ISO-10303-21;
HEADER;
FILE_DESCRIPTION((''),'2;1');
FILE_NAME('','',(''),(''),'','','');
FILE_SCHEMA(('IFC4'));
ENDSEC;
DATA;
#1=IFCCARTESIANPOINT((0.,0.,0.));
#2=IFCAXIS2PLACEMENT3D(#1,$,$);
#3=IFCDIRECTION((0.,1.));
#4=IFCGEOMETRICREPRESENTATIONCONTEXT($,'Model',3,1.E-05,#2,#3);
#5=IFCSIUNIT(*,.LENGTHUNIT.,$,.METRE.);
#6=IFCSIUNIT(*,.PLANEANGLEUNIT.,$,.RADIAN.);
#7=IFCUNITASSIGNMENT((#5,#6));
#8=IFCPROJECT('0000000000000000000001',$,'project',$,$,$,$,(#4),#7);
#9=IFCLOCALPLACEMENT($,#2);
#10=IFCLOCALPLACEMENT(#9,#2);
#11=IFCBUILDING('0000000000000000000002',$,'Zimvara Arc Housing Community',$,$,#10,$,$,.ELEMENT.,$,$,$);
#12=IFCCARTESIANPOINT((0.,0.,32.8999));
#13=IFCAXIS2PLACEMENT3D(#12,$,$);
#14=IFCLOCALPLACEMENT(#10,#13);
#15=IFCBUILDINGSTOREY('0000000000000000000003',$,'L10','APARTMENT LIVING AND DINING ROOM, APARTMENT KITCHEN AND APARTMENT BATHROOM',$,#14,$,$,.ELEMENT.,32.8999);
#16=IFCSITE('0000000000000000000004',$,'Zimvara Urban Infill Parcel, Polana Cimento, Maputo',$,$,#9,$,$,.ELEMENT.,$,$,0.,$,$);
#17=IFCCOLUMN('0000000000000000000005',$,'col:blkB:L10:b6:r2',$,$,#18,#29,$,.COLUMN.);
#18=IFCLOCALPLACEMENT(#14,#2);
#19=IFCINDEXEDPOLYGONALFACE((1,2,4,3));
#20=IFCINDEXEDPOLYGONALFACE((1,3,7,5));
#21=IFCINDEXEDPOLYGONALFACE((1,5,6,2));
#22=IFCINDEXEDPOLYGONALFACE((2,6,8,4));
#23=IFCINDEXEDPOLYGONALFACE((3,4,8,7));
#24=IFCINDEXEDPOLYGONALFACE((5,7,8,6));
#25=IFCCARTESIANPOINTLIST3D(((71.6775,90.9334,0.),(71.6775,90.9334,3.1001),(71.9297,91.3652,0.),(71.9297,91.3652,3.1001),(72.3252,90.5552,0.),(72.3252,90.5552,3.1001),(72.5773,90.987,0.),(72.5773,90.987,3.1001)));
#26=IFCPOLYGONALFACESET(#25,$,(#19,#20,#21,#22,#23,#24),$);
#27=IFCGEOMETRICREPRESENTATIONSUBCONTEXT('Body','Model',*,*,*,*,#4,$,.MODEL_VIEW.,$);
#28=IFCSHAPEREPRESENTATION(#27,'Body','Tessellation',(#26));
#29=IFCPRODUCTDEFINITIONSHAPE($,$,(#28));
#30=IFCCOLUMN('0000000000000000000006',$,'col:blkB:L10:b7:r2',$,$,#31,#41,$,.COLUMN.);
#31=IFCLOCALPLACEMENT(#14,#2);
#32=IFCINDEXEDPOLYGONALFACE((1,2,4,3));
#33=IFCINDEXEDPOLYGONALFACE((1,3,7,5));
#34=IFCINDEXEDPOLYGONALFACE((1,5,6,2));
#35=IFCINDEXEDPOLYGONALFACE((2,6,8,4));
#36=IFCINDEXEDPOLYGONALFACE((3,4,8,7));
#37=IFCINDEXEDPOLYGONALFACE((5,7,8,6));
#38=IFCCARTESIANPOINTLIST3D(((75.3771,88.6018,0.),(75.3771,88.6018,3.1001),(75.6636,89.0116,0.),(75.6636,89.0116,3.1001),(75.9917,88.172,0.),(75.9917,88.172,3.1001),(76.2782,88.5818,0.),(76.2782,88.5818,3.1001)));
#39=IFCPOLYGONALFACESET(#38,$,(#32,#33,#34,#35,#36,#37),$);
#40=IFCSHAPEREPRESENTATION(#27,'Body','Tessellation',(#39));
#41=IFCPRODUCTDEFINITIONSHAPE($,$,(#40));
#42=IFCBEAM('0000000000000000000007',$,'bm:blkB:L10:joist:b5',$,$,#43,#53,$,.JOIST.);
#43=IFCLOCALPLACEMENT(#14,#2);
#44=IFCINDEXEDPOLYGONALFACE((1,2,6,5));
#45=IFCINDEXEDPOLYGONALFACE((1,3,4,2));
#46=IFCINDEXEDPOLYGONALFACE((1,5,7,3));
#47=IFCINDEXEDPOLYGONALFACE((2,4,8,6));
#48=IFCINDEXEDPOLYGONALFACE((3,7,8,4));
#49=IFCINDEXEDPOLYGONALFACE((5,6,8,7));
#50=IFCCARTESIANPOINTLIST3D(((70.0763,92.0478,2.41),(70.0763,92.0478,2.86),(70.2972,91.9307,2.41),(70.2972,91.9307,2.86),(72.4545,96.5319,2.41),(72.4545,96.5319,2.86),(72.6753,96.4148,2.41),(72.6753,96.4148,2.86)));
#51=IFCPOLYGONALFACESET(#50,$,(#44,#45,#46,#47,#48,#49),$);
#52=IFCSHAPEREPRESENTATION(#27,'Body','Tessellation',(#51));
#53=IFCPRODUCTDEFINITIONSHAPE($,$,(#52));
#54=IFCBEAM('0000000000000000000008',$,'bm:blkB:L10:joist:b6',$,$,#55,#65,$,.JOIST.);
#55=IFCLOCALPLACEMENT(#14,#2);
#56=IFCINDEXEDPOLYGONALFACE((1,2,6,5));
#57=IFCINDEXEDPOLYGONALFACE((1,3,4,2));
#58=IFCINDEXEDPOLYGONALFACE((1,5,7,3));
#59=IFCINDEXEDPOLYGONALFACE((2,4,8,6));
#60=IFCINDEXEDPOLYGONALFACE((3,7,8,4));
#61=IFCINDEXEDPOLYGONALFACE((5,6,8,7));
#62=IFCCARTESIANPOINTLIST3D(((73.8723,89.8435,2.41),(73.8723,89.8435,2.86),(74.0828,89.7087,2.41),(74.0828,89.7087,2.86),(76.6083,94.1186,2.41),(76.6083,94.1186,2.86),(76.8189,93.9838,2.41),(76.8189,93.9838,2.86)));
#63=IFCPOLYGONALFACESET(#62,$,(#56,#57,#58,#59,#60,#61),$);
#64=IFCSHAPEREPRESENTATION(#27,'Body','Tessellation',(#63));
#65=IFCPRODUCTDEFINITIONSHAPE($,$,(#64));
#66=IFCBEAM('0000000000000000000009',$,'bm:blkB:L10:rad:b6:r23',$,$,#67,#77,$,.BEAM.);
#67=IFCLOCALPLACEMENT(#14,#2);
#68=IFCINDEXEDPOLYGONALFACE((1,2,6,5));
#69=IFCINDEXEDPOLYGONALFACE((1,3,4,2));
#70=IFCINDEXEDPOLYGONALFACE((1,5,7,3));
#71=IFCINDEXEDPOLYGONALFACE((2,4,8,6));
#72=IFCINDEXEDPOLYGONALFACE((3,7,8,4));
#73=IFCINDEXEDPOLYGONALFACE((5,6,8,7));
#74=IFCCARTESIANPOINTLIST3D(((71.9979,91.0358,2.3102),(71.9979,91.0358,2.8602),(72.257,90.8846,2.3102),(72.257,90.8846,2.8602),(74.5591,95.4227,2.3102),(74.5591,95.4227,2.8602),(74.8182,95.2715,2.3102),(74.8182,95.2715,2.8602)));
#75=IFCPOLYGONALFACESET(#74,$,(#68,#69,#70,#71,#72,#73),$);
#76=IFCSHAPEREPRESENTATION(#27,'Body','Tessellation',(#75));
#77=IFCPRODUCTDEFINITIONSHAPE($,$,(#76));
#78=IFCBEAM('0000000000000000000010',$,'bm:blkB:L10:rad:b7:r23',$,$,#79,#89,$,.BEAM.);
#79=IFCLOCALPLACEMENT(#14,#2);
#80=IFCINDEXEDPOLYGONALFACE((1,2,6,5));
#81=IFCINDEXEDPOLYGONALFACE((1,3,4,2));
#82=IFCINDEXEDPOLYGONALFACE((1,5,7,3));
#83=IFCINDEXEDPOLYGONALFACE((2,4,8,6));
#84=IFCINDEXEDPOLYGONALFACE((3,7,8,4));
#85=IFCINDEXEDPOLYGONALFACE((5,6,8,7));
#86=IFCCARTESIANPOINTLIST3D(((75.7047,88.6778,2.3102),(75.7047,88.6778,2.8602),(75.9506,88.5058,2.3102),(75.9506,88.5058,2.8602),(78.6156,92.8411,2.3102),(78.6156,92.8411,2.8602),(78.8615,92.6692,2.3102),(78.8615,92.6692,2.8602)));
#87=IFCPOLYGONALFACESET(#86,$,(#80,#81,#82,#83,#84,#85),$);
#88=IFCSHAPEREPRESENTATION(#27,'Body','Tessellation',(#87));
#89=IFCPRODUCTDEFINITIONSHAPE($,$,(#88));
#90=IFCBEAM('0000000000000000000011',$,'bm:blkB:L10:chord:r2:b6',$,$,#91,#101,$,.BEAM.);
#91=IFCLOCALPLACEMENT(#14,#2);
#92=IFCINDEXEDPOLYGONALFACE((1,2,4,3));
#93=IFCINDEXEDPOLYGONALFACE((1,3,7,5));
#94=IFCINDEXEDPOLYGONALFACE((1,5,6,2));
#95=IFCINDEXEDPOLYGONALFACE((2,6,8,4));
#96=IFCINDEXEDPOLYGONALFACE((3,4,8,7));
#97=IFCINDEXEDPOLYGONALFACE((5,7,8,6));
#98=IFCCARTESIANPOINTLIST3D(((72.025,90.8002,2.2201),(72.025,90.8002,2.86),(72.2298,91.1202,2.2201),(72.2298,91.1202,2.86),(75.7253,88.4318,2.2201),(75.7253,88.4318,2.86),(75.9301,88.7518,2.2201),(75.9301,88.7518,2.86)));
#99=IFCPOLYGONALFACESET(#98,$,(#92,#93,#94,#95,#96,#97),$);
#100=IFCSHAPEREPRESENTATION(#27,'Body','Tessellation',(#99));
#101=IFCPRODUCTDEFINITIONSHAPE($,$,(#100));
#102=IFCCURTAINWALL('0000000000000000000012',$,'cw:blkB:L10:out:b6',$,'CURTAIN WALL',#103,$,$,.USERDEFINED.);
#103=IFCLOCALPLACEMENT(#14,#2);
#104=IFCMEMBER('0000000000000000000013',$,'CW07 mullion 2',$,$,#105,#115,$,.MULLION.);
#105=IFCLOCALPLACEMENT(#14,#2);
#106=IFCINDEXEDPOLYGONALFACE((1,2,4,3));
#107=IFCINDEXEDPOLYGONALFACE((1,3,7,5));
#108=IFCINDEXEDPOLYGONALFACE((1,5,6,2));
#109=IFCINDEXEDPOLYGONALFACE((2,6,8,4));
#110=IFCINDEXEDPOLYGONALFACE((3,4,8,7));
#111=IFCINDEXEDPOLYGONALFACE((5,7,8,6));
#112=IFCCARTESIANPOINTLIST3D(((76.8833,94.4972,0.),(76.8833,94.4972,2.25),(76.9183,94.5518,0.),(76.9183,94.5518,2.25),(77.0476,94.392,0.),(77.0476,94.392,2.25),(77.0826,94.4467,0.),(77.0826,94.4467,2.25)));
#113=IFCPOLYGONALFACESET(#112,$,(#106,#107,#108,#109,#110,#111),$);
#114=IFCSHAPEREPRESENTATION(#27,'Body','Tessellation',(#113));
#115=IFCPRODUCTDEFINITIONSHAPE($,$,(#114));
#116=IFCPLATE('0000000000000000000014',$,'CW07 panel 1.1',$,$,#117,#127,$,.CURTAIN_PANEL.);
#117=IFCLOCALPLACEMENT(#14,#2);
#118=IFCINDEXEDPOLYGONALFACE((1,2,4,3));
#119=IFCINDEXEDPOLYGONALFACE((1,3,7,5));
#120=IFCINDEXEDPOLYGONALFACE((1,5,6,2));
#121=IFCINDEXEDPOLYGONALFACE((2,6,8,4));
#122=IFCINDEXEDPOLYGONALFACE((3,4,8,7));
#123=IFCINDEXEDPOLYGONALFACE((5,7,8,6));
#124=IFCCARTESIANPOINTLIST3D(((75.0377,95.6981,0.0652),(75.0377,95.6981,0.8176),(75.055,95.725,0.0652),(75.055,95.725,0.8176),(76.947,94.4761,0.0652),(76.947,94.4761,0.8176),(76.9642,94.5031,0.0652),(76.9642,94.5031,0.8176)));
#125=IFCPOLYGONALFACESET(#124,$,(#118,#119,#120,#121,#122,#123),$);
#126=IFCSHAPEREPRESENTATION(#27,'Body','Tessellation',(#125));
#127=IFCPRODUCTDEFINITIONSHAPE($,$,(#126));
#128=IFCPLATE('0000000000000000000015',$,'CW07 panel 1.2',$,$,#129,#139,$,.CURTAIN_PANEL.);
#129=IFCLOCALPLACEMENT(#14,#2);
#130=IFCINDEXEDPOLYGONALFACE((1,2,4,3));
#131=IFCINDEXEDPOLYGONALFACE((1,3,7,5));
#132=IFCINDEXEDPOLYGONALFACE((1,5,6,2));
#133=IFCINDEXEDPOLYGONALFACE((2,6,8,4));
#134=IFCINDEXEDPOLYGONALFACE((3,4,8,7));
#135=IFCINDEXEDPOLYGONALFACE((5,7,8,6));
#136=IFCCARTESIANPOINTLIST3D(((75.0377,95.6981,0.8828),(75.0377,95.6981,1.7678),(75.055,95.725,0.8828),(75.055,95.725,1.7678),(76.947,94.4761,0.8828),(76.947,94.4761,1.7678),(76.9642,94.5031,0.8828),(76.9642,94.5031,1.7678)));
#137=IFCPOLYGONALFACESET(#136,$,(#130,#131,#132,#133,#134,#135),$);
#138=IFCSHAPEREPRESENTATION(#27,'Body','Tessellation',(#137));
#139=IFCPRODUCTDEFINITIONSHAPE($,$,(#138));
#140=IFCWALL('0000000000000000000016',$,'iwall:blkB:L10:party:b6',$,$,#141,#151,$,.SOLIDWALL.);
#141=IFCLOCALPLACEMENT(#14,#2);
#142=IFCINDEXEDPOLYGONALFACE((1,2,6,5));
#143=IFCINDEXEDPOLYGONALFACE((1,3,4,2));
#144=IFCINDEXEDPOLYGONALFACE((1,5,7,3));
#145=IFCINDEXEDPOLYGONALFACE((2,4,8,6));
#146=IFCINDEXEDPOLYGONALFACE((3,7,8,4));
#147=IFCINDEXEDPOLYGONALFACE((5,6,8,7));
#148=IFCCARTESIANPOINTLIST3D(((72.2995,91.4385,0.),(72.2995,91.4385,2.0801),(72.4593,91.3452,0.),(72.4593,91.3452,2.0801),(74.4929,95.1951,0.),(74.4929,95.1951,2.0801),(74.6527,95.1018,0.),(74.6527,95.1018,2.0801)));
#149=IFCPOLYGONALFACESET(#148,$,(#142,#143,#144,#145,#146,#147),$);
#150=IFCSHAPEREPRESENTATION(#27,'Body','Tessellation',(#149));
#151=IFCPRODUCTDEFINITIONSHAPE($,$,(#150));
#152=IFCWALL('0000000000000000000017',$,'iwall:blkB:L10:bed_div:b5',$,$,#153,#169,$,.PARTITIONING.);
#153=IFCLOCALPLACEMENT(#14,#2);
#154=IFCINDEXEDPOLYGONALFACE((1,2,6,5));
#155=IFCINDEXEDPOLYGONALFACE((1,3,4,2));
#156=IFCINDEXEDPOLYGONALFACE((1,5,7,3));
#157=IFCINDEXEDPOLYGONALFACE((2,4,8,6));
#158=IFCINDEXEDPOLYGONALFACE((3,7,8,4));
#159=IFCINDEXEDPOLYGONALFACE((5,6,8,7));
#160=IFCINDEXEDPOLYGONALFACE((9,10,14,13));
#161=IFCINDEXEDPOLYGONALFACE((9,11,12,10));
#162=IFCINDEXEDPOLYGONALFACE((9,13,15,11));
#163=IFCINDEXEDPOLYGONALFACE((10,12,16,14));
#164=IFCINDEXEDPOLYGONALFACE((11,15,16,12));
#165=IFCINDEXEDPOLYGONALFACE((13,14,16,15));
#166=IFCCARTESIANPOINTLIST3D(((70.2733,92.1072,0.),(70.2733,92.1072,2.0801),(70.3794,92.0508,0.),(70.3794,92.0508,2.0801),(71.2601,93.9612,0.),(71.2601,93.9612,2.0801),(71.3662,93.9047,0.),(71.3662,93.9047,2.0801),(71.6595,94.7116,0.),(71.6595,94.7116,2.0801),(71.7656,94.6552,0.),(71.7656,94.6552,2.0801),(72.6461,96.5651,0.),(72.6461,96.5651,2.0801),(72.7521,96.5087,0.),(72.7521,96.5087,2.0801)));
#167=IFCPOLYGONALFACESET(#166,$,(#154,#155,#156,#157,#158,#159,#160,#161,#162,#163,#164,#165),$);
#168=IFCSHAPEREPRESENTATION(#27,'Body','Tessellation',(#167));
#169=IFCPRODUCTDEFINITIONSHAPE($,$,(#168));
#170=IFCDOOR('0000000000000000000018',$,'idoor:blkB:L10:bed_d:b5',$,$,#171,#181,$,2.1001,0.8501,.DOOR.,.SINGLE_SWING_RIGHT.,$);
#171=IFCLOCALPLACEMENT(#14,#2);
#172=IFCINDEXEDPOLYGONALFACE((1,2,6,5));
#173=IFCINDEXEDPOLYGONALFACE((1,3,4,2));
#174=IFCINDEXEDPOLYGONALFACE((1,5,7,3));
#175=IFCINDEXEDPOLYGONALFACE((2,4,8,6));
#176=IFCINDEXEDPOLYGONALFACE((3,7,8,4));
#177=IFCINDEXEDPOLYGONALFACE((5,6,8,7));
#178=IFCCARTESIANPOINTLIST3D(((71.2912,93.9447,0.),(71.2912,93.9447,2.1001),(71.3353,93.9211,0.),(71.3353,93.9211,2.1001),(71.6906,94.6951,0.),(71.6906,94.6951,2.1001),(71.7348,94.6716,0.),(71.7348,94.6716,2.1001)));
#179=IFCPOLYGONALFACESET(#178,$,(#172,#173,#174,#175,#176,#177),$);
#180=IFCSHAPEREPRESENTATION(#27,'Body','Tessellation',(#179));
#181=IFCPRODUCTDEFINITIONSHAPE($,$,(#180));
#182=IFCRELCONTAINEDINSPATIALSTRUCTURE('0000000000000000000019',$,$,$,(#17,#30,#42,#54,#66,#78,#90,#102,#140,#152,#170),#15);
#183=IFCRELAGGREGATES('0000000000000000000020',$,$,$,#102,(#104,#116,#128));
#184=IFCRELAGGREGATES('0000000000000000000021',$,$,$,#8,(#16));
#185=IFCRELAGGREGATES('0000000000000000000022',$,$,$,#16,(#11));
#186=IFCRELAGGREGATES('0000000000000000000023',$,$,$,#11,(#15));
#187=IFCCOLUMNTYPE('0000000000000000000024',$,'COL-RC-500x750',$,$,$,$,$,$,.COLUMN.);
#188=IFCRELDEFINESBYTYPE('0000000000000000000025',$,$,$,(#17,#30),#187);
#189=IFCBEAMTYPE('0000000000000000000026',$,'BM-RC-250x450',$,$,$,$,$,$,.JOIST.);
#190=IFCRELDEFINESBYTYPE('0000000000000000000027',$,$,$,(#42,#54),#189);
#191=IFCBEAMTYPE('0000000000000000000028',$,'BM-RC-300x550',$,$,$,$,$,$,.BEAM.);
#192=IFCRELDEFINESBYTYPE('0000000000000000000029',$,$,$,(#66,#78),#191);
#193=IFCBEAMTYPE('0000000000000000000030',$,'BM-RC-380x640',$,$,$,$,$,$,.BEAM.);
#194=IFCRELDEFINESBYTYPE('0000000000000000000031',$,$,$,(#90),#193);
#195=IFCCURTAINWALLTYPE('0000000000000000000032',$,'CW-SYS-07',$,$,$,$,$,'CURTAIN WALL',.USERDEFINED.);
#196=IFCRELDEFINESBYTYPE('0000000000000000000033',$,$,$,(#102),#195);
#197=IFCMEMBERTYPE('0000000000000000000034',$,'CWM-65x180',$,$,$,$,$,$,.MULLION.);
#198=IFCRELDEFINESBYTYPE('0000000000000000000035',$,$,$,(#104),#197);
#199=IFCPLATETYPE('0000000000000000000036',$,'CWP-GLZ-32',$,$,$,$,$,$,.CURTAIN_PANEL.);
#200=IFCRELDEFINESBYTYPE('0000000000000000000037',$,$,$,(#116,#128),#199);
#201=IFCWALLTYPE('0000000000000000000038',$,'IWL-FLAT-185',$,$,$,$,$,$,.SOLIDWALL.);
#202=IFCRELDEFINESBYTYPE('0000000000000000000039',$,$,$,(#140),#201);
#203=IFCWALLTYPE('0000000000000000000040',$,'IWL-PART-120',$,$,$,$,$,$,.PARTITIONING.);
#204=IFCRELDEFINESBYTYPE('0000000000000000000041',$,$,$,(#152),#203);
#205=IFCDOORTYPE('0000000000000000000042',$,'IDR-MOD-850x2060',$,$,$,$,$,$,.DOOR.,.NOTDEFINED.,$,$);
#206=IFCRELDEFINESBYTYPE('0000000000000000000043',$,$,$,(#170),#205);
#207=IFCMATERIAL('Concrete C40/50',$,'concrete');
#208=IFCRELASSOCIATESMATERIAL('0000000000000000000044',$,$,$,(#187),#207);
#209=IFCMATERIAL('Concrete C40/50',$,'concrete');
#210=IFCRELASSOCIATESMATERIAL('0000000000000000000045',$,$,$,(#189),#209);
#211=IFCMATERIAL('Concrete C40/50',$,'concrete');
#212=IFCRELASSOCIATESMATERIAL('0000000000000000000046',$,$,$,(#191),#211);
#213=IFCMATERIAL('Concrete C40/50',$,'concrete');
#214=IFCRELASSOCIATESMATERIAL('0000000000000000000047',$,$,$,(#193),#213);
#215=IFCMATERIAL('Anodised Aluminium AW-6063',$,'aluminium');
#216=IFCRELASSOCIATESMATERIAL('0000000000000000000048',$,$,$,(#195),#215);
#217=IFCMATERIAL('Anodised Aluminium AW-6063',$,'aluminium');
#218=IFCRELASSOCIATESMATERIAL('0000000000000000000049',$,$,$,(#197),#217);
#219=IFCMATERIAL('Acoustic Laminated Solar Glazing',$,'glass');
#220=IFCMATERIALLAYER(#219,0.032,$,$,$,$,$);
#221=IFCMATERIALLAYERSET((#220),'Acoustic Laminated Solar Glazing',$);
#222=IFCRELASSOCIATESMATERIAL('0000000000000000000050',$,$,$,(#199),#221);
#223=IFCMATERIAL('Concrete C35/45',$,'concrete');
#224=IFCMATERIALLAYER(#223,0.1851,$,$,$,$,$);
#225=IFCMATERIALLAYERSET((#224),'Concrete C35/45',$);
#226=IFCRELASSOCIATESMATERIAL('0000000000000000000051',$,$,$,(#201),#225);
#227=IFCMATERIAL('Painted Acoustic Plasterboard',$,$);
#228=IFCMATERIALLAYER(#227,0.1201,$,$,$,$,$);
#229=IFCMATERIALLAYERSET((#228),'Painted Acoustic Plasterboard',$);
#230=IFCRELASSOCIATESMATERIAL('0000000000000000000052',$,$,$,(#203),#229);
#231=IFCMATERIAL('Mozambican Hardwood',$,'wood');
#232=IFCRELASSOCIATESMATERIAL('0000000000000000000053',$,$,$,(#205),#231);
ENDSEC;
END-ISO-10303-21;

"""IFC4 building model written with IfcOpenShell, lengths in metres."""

from ifc_helpers import new_model, si_unit, direction, frame, frame_2d, origin, origin_2d, place, context, subcontext, project, spatial, rectangle, extrude, material, layer, layer_set, material_profile, profile_set, type_object, element, fill, aggregate, save


model = new_model("IFC4")

# Units and contexts
model_context = context("Model", 3, precision=1e-05, world=origin(), true_north=direction((0.0, 1.0)))
body_context = subcontext(model_context, "Body", "Model", "MODEL_VIEW")
ifc_project = project(units=[si_unit("LENGTHUNIT", "METRE"), si_unit("PLANEANGLEUNIT", "RADIAN")], contexts=[model_context])

# Site, building, storey
site_placement = place(None, origin())
site = spatial("IfcSite", under=ifc_project, at=site_placement, Name="Zimvara Urban Infill Parcel, Polana Cimento, Maputo", CompositionType="ELEMENT", RefElevation=0.0)
building_placement = place(site_placement, origin())
building = spatial("IfcBuilding", under=site, at=building_placement, Name="Zimvara Arc Housing Community", CompositionType="ELEMENT")
storey_placement = place(building_placement, frame((0.0, 0.0, 32.8999)))
storey = spatial("IfcBuildingStorey", under=building, at=storey_placement, Name="L10", Description="APARTMENT LIVING AND DINING ROOM, APARTMENT KITCHEN AND APARTMENT BATHROOM", CompositionType="ELEMENT", Elevation=32.8999)

# Columns
ifc_material_1 = material(Name="Concrete C40/50", Category="concrete")
ifc_material_profile_1 = material_profile(ifc_material_1, rectangle(XDim=0.5, YDim=0.75, at=origin_2d()), Name="RC 500x750")
ifc_profile_set_1 = profile_set([ifc_material_profile_1], Name="Concrete C40/50")
column_type = type_object("IfcColumnType", Name="COL-RC-500x750", PredefinedType="COLUMN", material=ifc_profile_set_1)
for number, where, z_axis, x_axis, name in (
    (1, (72.1274, 90.9602, 0.0), (0.0, 0.0, 1.0), (0.504226, 0.863572, 0.0), "col:blkB:L10:b6:r2"),
    (2, (75.8276, 88.5918, 0.0), (0.0, 0.0, 1.0), (0.573004, 0.819552, 0.0), "col:blkB:L10:b7:r2"),
):
    element("IfcColumn", number, at=place(storey_placement, frame(where, z_axis=z_axis, x_axis=x_axis)), inside=storey, type_object=column_type, Name=name, PredefinedType="COLUMN", context=body_context, shape_type="SweptSolid", body=[
        extrude(rectangle(XDim=0.5, YDim=0.75, at=origin_2d()), origin(), (0.0, 0.0, 1.0), 3.1001),
    ])

# Beams
ifc_material_2 = material(Name="Concrete C40/50", Category="concrete")
ifc_material_profile_2 = material_profile(ifc_material_2, rectangle(XDim=0.25, YDim=0.45, at=origin_2d()), Name="RC 250x450")
ifc_profile_set_2 = profile_set([ifc_material_profile_2], Name="Concrete C40/50")
beam_type_1 = type_object("IfcBeamType", Name="BM-RC-250x450", PredefinedType="JOIST", material=ifc_profile_set_2)
for number, where, z_axis, x_axis, name in (
    (3, (70.1868, 91.9893, 2.635), (0.468537, 0.883444, 0.0), (-0.883444, 0.468537, 0.0), "bm:blkB:L10:joist:b5"),
    (4, (73.9775, 89.7761, 2.635), (0.539052, 0.842272, 0.0), (-0.842272, 0.539052, 0.0), "bm:blkB:L10:joist:b6"),
):
    element("IfcBeam", number, at=place(storey_placement, frame(where, z_axis=z_axis, x_axis=x_axis)), inside=storey, type_object=beam_type_1, Name=name, PredefinedType="JOIST", context=body_context, shape_type="SweptSolid", body=[
        extrude(rectangle(XDim=0.25, YDim=0.45, at=origin_2d()), origin(), (0.0, 0.0, 1.0), 5.0757),
    ])
ifc_material_3 = material(Name="Concrete C40/50", Category="concrete")
ifc_material_profile_3 = material_profile(ifc_material_3, rectangle(XDim=0.3, YDim=0.55, at=origin_2d()), Name="RC 300x550")
ifc_profile_set_3 = profile_set([ifc_material_profile_3], Name="Concrete C40/50")
beam_type_2 = type_object("IfcBeamType", Name="BM-RC-300x550", PredefinedType="BEAM", material=ifc_profile_set_3)
beam_1_placement = place(storey_placement, frame((72.1274, 90.9602, 2.5852), z_axis=(0.504197, 0.863589, 0.0), x_axis=(-0.863589, 0.504197, 0.0)))
element("IfcBeam", 5, at=beam_1_placement, inside=storey, type_object=beam_type_2, Name="bm:blkB:L10:rad:b6:r23", PredefinedType="BEAM", context=body_context, shape_type="SweptSolid", body=[
    extrude(rectangle(XDim=0.3, YDim=0.55, at=origin_2d()), origin(), (0.0, 0.0, 1.0), 5.0798),
])
beam_2_placement = place(storey_placement, frame((75.8276, 88.5918, 2.5852), z_axis=(0.573007, 0.81955, 0.0), x_axis=(-0.81955, 0.573007, 0.0)))
element("IfcBeam", 6, at=beam_2_placement, inside=storey, type_object=beam_type_2, Name="bm:blkB:L10:rad:b7:r23", PredefinedType="BEAM", context=body_context, shape_type="SweptSolid", body=[
    extrude(rectangle(XDim=0.3, YDim=0.55, at=origin_2d()), origin(), (0.0, 0.0, 1.0), 5.0801),
])
ifc_material_4 = material(Name="Concrete C40/50", Category="concrete")
ifc_material_profile_4 = material_profile(ifc_material_4, rectangle(XDim=0.3799, YDim=0.6399, at=origin_2d()), Name="RC 380x640")
ifc_profile_set_4 = profile_set([ifc_material_profile_4], Name="Concrete C40/50")
beam_type_3 = type_object("IfcBeamType", Name="BM-RC-380x640", PredefinedType="BEAM", material=ifc_profile_set_4)
beam_3_placement = place(storey_placement, frame((72.1274, 90.9602, 2.54), z_axis=(0.842242, -0.539099, 0.0), x_axis=(0.539099, 0.842242, 0.0)))
element("IfcBeam", 7, at=beam_3_placement, inside=storey, type_object=beam_type_3, Name="bm:blkB:L10:chord:r2:b6", PredefinedType="BEAM", context=body_context, shape_type="SweptSolid", body=[
    extrude(rectangle(XDim=0.3799, YDim=0.6399, at=origin_2d()), origin(), (0.0, 0.0, 1.0), 4.3933),
])

# Curtain wall, member, plates
ifc_material_5 = material(Name="Anodised Aluminium AW-6063", Category="aluminium")
curtain_wall_type = type_object("IfcCurtainWallType", Name="CW-SYS-07", ElementType="CURTAIN WALL", PredefinedType="USERDEFINED", material=ifc_material_5)
curtain_wall_placement = place(storey_placement, origin())
curtain_wall = element("IfcCurtainWall", 8, at=curtain_wall_placement, inside=storey, type_object=curtain_wall_type, Name="cw:blkB:L10:out:b6", ObjectType="CURTAIN WALL", PredefinedType="USERDEFINED")
ifc_material_6 = material(Name="Anodised Aluminium AW-6063", Category="aluminium")
ifc_material_profile_5 = material_profile(ifc_material_6, rectangle(XDim=0.0649, YDim=0.1951, at=origin_2d()), Name="ALU 65x195")
ifc_profile_set_5 = profile_set([ifc_material_profile_5], Name="Anodised Aluminium AW-6063")
member_type = type_object("IfcMemberType", Name="CWM-65x180", PredefinedType="MULLION", material=ifc_profile_set_5)
member_placement = place(storey_placement, frame((76.9829, 94.4719, 0.0), z_axis=(0.0, 0.0, 1.0), x_axis=(0.539065, 0.842264, 0.0)))
member = element("IfcMember", 9, at=member_placement, type_object=member_type, Name="CW07 mullion 2", PredefinedType="MULLION", context=body_context, shape_type="SweptSolid", body=[
    extrude(rectangle(XDim=0.0649, YDim=0.1951, at=origin_2d()), origin(), (0.0, 0.0, 1.0), 2.25),
])
ifc_material_7 = material(Name="Acoustic Laminated Solar Glazing", Category="glass")
ifc_layer_1 = layer(ifc_material_7, 0.032)
ifc_layer_set_1 = layer_set([ifc_layer_1], Name="Acoustic Laminated Solar Glazing")
plate_type = type_object("IfcPlateType", Name="CWP-GLZ-32", PredefinedType="CURTAIN_PANEL", material=ifc_layer_set_1)
plate_1_placement = place(storey_placement, frame((76.001, 95.1006, 0.0652), z_axis=(0.0, 0.0, 1.0), x_axis=(0.842264, -0.539065, 0.0)))
plate_1 = element("IfcPlate", 10, at=plate_1_placement, type_object=plate_type, Name="CW07 panel 1.1", PredefinedType="CURTAIN_PANEL", context=body_context, shape_type="SweptSolid", body=[
    extrude(rectangle(XDim=2.2668, YDim=0.032, at=origin_2d()), origin(), (0.0, 0.0, 1.0), 0.7524),
])
plate_2_placement = place(storey_placement, frame((76.001, 95.1006, 0.8828), z_axis=(0.0, 0.0, 1.0), x_axis=(0.842264, -0.539065, 0.0)))
plate_2 = element("IfcPlate", 11, at=plate_2_placement, type_object=plate_type, Name="CW07 panel 1.2", PredefinedType="CURTAIN_PANEL", context=body_context, shape_type="SweptSolid", body=[
    extrude(rectangle(XDim=2.2668, YDim=0.032, at=origin_2d()), origin(), (0.0, 0.0, 1.0), 0.885),
])
aggregate(curtain_wall, [member, plate_1, plate_2])

# Wall
ifc_material_8 = material(Name="Concrete C35/45", Category="concrete")
ifc_layer_2 = layer(ifc_material_8, 0.1851)
ifc_layer_set_2 = layer_set([ifc_layer_2], Name="Concrete C35/45")
wall_type_1 = type_object("IfcWallType", Name="IWL-FLAT-185", PredefinedType="SOLIDWALL", material=ifc_layer_set_2)
wall_1_placement = place(storey_placement, frame((72.3794, 91.3918, 0.0), z_axis=(0.0, 0.0, 1.0), x_axis=(0.504216, 0.863577, 0.0)))
element("IfcWall", 12, at=wall_1_placement, inside=storey, type_object=wall_type_1, Name="iwall:blkB:L10:party:b6", PredefinedType="SOLIDWALL", context=body_context, shape_type="SweptSolid", body=[
    extrude(rectangle(XDim=4.3501, YDim=0.1851, at=frame_2d((2.175, 0.0))), origin(), (0.0, 0.0, 1.0), 2.0801),
])

# Wall, opening, door
ifc_material_9 = material(Name="Painted Acoustic Plasterboard")
ifc_layer_3 = layer(ifc_material_9, 0.1201)
ifc_layer_set_3 = layer_set([ifc_layer_3], Name="Painted Acoustic Plasterboard")
wall_type_2 = type_object("IfcWallType", Name="IWL-PART-120", PredefinedType="PARTITIONING", material=ifc_layer_set_3)
wall_2_placement = place(storey_placement, frame((70.3264, 92.0791, 0.0), z_axis=(0.0, 0.0, 1.0), x_axis=(0.469848, 0.882747, 0.0)))
wall_2 = element("IfcWall", 13, at=wall_2_placement, inside=storey, type_object=wall_type_2, Name="iwall:blkB:L10:bed_div:b5", PredefinedType="PARTITIONING", context=body_context, shape_type="SweptSolid", body=[
    extrude(rectangle(XDim=5.05, YDim=0.1201, at=frame_2d((2.5249, 0.0))), origin(), (0.0, 0.0, 1.0), 2.0801),
])
opening_1_placement = place(wall_2_placement, frame((2.1001, 0.0, 0.0)))
opening_1 = element("IfcOpeningElement", 14, at=opening_1_placement, cuts=wall_2, PredefinedType="OPENING", context=body_context, shape_type="SweptSolid", body=[
    extrude(rectangle(XDim=0.8501, YDim=2.1001, at=frame_2d((0.425, 1.05))), frame((0.0, 0.0701, 0.0), z_axis=(0.0, -1.0, 0.0), x_axis=(1.0, 0.0, 0.0)), (0.0, 0.0, 1.0), 0.1401),
])
ifc_material_10 = material(Name="Mozambican Hardwood", Category="wood")
door_type_1 = type_object("IfcDoorType", Name="IDR-MOD-850x2060", OperationType="NOTDEFINED", PredefinedType="DOOR", material=ifc_material_10)
door_1_placement = place(opening_1_placement, origin())
door_1 = element("IfcDoor", 15, at=door_1_placement, inside=storey, type_object=door_type_1, Name="idoor:blkB:L10:bed_d:b5", OperationType="SINGLE_SWING_RIGHT", OverallHeight=2.1001, OverallWidth=0.8501, PredefinedType="DOOR", context=body_context, shape_type="SweptSolid", body=[
    extrude(rectangle(XDim=0.8501, YDim=2.1001, at=frame_2d((0.425, 1.05))), frame((0.0, 0.0249, 0.0), z_axis=(0.0, -1.0, 0.0), x_axis=(1.0, 0.0, 0.0)), (0.0, 0.0, 1.0), 0.05),
])
fill(opening_1, door_1)

save(model, "model.ifc")
